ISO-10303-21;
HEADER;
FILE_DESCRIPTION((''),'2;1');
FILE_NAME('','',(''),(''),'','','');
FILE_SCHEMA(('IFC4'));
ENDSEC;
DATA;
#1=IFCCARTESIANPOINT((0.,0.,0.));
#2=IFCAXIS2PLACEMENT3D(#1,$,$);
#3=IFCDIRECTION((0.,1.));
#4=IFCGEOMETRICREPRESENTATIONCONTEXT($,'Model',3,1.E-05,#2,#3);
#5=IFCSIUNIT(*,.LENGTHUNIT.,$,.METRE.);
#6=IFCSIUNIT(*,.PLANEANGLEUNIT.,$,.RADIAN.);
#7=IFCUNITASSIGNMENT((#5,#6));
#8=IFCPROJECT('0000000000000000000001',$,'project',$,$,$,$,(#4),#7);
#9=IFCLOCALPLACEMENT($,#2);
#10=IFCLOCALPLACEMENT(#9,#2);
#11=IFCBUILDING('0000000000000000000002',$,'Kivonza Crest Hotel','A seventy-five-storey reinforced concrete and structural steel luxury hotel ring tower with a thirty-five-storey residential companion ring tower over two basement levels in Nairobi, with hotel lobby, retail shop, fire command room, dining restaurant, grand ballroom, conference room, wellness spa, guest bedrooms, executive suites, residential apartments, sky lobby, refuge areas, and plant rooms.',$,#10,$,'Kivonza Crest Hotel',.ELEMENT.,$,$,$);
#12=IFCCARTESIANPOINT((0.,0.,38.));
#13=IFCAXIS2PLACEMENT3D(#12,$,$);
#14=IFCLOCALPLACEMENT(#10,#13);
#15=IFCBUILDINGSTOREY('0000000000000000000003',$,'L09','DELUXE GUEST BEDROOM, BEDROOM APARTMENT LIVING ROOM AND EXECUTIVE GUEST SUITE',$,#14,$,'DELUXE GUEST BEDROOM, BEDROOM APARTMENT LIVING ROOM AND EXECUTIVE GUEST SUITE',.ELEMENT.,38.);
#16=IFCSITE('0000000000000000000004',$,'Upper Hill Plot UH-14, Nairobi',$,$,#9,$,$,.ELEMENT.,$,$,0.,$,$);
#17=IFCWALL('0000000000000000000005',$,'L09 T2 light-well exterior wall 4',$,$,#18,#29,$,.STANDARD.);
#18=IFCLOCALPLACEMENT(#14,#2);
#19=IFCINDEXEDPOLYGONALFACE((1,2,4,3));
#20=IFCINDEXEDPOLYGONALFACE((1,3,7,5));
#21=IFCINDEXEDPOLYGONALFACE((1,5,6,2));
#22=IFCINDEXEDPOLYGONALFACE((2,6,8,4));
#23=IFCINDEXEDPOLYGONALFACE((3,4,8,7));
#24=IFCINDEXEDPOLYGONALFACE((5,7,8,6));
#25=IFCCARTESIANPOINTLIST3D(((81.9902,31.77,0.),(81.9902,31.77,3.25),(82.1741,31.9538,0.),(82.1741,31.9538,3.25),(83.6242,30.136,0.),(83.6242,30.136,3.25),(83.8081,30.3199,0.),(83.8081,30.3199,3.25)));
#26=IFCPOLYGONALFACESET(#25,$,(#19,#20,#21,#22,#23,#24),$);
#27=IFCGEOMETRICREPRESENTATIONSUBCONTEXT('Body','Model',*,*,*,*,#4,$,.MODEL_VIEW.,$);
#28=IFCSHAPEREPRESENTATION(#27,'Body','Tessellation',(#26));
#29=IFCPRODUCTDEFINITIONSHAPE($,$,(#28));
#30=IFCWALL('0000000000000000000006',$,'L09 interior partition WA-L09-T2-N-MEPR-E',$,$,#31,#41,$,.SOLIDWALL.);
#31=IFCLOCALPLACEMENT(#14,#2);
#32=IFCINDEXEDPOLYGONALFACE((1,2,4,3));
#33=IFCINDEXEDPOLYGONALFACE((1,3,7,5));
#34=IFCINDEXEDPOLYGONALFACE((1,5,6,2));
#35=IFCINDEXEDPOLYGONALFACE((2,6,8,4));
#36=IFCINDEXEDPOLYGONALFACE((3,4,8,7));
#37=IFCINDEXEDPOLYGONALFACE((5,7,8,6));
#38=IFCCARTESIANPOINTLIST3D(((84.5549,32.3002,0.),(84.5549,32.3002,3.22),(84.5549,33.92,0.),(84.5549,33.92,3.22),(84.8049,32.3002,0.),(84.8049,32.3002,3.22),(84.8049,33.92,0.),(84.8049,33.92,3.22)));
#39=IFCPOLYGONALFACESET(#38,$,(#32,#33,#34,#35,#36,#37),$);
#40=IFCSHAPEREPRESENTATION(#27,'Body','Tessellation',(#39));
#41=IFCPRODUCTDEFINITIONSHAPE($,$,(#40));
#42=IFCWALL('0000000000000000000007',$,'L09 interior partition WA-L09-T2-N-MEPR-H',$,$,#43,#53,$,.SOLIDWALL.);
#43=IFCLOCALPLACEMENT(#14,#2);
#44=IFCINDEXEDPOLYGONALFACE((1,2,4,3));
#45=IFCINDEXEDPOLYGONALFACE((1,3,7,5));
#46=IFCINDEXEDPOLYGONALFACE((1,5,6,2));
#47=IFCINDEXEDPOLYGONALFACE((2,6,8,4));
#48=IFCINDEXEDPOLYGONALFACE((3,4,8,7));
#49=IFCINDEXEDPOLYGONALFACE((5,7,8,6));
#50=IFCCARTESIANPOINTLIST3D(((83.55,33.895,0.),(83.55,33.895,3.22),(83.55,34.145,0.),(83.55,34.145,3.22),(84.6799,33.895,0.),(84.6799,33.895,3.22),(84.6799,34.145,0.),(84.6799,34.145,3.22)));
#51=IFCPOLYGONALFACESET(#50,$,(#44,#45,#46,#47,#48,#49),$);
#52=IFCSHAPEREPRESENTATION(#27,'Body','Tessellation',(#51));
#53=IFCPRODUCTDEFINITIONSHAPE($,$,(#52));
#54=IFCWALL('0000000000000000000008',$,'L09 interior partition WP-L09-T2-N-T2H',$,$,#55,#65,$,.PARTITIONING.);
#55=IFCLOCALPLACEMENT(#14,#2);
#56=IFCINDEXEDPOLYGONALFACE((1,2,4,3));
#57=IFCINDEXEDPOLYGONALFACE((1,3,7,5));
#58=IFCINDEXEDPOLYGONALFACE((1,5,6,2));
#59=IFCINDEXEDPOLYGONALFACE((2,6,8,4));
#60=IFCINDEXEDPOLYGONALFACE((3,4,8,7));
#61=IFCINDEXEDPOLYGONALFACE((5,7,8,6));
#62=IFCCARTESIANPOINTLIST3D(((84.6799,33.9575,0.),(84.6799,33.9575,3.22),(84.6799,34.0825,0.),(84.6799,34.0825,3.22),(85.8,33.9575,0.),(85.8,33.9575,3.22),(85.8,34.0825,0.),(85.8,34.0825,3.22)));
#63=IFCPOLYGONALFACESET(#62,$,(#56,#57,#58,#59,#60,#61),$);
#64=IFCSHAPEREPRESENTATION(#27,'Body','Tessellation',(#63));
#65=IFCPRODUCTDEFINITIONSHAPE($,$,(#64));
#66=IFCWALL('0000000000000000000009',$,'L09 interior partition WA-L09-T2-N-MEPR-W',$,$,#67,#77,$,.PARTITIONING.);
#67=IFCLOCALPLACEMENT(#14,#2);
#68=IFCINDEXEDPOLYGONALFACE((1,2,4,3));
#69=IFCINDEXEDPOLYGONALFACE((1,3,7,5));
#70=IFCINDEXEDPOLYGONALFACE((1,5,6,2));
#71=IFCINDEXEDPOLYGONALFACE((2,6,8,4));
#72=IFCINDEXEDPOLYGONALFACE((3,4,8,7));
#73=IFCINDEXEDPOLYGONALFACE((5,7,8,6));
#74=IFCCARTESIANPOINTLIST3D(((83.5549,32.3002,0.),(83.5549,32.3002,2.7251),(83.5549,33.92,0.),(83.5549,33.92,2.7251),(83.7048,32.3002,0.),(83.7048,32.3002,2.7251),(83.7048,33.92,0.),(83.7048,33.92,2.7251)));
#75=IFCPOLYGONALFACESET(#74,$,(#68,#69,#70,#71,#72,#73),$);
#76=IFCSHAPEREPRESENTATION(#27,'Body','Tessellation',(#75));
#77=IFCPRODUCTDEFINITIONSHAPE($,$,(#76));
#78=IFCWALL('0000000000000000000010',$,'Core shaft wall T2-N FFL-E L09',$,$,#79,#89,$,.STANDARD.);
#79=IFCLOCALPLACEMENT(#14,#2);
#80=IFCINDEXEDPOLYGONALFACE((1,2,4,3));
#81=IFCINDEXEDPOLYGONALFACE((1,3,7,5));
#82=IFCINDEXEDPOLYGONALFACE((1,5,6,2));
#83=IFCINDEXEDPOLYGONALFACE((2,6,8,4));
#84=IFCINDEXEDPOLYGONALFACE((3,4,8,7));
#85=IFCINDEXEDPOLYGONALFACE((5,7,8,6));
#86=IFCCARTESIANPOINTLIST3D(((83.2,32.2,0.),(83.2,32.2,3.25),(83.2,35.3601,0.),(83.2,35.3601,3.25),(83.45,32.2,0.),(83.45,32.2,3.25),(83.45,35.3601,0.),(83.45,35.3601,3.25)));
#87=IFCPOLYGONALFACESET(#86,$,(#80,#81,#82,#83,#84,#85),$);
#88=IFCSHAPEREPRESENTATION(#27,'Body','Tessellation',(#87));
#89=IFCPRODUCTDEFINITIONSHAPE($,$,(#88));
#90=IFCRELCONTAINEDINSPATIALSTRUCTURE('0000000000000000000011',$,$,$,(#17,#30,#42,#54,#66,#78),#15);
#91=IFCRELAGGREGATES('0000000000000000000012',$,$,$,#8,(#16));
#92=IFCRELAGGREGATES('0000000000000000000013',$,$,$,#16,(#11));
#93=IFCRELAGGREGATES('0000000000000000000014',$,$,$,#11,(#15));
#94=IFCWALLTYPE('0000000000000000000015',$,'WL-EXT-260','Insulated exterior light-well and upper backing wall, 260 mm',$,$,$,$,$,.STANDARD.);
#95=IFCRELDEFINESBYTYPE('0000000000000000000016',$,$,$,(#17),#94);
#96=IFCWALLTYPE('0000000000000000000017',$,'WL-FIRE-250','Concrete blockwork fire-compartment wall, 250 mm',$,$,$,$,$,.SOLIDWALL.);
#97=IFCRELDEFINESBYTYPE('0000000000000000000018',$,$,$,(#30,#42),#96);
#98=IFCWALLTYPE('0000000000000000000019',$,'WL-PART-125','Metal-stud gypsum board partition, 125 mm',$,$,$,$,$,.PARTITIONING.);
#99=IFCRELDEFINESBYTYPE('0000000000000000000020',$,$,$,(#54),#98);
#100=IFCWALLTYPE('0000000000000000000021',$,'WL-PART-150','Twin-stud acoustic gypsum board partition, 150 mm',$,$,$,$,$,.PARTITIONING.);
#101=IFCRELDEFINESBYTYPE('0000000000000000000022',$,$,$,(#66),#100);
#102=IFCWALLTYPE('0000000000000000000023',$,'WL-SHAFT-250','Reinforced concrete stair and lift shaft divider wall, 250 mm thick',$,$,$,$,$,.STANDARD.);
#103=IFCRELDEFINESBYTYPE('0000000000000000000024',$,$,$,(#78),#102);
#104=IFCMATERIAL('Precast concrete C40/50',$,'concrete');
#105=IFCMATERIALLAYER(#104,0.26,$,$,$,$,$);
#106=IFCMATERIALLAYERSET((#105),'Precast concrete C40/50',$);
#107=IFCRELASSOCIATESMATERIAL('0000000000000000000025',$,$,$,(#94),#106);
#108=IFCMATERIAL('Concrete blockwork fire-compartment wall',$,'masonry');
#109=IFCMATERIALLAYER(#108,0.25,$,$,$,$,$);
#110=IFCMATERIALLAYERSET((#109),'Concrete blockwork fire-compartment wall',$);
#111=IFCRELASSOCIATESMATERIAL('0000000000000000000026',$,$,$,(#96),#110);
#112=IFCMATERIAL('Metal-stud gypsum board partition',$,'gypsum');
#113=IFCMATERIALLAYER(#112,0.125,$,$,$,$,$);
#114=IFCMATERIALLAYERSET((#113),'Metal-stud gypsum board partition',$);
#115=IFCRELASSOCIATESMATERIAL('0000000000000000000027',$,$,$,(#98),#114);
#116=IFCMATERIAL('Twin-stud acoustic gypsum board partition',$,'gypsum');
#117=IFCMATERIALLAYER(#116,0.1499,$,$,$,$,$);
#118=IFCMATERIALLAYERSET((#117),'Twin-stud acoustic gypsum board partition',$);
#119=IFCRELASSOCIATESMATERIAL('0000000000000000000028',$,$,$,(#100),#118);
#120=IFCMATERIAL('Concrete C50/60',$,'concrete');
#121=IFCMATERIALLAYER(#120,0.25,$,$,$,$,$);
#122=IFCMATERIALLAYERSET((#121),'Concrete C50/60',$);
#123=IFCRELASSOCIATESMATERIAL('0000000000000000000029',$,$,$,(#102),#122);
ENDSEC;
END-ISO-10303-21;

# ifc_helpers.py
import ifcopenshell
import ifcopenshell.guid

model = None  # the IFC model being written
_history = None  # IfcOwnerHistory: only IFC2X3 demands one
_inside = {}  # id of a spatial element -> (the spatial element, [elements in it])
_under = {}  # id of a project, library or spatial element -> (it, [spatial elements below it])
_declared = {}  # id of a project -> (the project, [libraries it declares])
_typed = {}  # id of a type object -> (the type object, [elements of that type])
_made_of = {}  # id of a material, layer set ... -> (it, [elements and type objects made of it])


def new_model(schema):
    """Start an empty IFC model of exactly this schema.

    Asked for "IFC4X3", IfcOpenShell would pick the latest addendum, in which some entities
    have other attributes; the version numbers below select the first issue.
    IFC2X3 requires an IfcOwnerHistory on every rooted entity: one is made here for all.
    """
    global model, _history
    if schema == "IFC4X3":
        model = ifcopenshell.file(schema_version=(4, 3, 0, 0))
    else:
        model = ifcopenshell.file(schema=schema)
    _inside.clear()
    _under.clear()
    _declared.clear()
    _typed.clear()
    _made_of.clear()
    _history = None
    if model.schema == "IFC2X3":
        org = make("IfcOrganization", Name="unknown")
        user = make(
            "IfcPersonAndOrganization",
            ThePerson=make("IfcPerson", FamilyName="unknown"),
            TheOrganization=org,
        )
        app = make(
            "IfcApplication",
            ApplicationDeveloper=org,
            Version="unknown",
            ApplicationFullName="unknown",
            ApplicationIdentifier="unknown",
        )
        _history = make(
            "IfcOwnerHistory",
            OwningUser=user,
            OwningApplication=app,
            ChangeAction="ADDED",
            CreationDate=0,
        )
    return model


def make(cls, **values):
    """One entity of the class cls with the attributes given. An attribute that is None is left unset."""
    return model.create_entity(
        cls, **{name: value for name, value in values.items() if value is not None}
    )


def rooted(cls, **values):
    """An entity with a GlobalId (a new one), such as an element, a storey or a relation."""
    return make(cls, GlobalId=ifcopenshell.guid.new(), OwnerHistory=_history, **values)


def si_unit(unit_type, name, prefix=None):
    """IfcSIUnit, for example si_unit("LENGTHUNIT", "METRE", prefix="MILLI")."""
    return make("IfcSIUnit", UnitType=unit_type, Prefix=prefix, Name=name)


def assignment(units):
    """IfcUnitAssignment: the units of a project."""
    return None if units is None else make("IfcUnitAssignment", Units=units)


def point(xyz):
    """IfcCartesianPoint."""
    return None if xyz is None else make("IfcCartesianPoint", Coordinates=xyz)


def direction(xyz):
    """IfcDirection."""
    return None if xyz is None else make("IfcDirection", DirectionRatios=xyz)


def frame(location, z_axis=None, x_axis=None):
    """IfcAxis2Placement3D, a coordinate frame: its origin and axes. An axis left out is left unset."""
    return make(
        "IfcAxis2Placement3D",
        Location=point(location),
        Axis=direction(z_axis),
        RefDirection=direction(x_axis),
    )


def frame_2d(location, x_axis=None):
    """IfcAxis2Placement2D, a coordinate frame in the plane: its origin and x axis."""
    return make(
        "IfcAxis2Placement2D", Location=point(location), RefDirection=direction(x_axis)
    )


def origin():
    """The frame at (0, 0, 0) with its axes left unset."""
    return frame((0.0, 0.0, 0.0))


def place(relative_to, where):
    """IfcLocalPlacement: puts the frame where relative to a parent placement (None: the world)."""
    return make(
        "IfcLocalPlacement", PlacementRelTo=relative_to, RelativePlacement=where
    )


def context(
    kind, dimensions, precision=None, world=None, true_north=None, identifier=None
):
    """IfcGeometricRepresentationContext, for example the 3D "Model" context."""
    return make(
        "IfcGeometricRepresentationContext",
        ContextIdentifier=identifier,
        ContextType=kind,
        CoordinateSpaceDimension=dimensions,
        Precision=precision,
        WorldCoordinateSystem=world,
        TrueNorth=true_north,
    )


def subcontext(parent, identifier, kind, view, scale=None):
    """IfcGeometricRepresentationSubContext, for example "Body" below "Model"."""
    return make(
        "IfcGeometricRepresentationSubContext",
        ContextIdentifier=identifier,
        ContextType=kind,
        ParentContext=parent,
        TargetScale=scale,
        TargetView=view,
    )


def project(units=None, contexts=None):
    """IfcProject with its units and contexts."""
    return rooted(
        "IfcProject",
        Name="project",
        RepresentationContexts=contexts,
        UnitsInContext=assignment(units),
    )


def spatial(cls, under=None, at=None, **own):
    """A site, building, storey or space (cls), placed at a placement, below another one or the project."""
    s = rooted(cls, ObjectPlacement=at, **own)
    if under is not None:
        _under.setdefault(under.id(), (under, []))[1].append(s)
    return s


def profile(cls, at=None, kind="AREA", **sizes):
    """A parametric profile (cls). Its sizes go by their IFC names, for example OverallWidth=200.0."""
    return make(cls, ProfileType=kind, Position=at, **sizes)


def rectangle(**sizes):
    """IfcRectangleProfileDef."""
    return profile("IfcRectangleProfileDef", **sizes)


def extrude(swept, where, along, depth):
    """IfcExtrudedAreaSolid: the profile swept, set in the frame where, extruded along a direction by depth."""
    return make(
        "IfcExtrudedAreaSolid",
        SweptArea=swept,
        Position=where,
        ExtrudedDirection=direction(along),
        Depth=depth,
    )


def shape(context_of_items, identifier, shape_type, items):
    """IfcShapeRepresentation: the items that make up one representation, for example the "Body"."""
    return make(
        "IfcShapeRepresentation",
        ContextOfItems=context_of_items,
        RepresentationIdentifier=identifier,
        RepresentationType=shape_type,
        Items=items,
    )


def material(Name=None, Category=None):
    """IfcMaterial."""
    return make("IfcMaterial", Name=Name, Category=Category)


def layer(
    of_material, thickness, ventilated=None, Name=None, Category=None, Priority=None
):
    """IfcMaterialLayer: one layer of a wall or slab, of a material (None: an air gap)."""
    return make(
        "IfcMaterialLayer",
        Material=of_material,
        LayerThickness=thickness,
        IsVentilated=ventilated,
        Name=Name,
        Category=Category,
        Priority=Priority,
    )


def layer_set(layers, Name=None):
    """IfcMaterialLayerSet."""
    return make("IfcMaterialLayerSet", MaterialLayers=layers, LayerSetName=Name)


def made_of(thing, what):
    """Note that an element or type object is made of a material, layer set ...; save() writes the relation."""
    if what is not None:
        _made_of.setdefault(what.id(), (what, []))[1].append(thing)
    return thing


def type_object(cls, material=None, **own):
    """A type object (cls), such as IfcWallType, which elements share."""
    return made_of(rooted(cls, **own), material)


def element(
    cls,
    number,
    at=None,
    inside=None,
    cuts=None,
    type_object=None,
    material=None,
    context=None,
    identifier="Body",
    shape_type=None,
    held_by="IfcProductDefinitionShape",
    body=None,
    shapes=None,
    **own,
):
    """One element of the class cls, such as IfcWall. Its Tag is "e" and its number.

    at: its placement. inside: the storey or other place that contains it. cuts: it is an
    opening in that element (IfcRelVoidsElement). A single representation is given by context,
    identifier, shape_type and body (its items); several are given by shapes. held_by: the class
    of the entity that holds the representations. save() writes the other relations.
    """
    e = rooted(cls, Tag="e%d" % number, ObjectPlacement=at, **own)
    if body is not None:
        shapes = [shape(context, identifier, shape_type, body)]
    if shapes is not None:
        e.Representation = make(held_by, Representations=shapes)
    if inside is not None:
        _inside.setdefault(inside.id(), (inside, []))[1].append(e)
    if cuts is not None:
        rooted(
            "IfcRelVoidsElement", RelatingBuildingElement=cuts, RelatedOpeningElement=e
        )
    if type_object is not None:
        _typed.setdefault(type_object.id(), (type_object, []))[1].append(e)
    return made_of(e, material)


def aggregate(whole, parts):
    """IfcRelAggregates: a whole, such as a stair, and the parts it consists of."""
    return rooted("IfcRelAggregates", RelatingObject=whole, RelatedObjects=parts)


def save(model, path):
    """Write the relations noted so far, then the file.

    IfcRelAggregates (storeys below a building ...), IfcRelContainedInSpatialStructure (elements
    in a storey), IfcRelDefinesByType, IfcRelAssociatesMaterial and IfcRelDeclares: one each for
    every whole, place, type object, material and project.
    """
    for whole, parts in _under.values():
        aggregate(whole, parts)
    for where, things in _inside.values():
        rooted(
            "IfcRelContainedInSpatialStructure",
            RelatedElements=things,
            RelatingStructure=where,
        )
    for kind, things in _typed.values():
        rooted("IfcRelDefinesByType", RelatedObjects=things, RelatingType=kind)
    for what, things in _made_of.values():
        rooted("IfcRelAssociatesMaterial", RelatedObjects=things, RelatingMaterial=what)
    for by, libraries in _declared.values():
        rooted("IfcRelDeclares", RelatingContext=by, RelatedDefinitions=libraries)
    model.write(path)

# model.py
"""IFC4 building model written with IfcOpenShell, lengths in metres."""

from ifc_helpers import new_model, si_unit, direction, frame, frame_2d, origin, place, context, subcontext, project, spatial, rectangle, extrude, material, layer, layer_set, type_object, element, save


model = new_model("IFC4")

# Units and contexts
model_context = context("Model", 3, precision=1e-05, world=origin(), true_north=direction((0.0, 1.0)))
body_context = subcontext(model_context, "Body", "Model", "MODEL_VIEW")
ifc_project = project(units=[si_unit("LENGTHUNIT", "METRE"), si_unit("PLANEANGLEUNIT", "RADIAN")], contexts=[model_context])

# Site, building, storey
site_placement = place(None, origin())
site = spatial("IfcSite", under=ifc_project, at=site_placement, Name="Upper Hill Plot UH-14, Nairobi", CompositionType="ELEMENT", RefElevation=0.0)
building_placement = place(site_placement, origin())
building = spatial("IfcBuilding", under=site, at=building_placement, Name="Kivonza Crest Hotel", Description="A seventy-five-storey reinforced concrete and structural steel luxury hotel ring tower with a thirty-five-storey residential companion ring tower over two basement levels in Nairobi, with hotel lobby, retail shop, fire command room, dining restaurant, grand ballroom, conference room, wellness spa, guest bedrooms, executive suites, residential apartments, sky lobby, refuge areas, and plant rooms.", LongName="Kivonza Crest Hotel", CompositionType="ELEMENT")
storey_placement = place(building_placement, frame((0.0, 0.0, 38.0)))
storey = spatial("IfcBuildingStorey", under=building, at=storey_placement, Name="L09", Description="DELUXE GUEST BEDROOM, BEDROOM APARTMENT LIVING ROOM AND EXECUTIVE GUEST SUITE", LongName="DELUXE GUEST BEDROOM, BEDROOM APARTMENT LIVING ROOM AND EXECUTIVE GUEST SUITE", CompositionType="ELEMENT", Elevation=38.0)

# Shared definitions
ifc_material_1 = material(Name="Concrete C50/60", Category="concrete")

# Walls
ifc_material_2 = material(Name="Precast concrete C40/50", Category="concrete")
ifc_layer_1 = layer(ifc_material_2, 0.26)
ifc_layer_set_1 = layer_set([ifc_layer_1], Name="Precast concrete C40/50")
wall_type_1 = type_object("IfcWallType", Name="WL-EXT-260", Description="Insulated exterior light-well and upper backing wall, 260 mm", PredefinedType="STANDARD", material=ifc_layer_set_1)
wall_1_placement = place(storey_placement, frame((83.7161, 30.228, 0.0), z_axis=(0.0, 0.0, 1.0), x_axis=(-0.707107, 0.707107, 0.0)))
element("IfcWall", 1, at=wall_1_placement, inside=storey, type_object=wall_type_1, Name="L09 T2 light-well exterior wall 4", PredefinedType="STANDARD", context=body_context, shape_type="SweptSolid", body=[
    extrude(rectangle(XDim=2.3108, YDim=0.26, at=frame_2d((1.1553, 0.0))), origin(), (0.0, 0.0, 1.0), 3.25),
])
ifc_material_3 = material(Name="Concrete blockwork fire-compartment wall", Category="masonry")
ifc_layer_2 = layer(ifc_material_3, 0.25)
ifc_layer_set_2 = layer_set([ifc_layer_2], Name="Concrete blockwork fire-compartment wall")
wall_type_2 = type_object("IfcWallType", Name="WL-FIRE-250", Description="Concrete blockwork fire-compartment wall, 250 mm", PredefinedType="SOLIDWALL", material=ifc_layer_set_2)
wall_2_placement = place(storey_placement, frame((84.6799, 32.3, 0.0), z_axis=(0.0, 0.0, 1.0), x_axis=(0.0, 1.0, 0.0)))
element("IfcWall", 2, at=wall_2_placement, inside=storey, type_object=wall_type_2, Name="L09 interior partition WA-L09-T2-N-MEPR-E", PredefinedType="SOLIDWALL", context=body_context, shape_type="SweptSolid", body=[
    extrude(rectangle(XDim=1.6199, YDim=0.25, at=frame_2d((0.8101, 0.0))), origin(), (0.0, 0.0, 1.0), 3.22),
])
wall_3_placement = place(storey_placement, frame((83.55, 34.02, 0.0), z_axis=(0.0, 0.0, 1.0), x_axis=(1.0, 0.0, 0.0)))
element("IfcWall", 3, at=wall_3_placement, inside=storey, type_object=wall_type_2, Name="L09 interior partition WA-L09-T2-N-MEPR-H", PredefinedType="SOLIDWALL", context=body_context, shape_type="SweptSolid", body=[
    extrude(rectangle(XDim=1.1299, YDim=0.25, at=frame_2d((0.5649, 0.0))), origin(), (0.0, 0.0, 1.0), 3.22),
])
ifc_material_4 = material(Name="Metal-stud gypsum board partition", Category="gypsum")
ifc_layer_3 = layer(ifc_material_4, 0.125)
ifc_layer_set_3 = layer_set([ifc_layer_3], Name="Metal-stud gypsum board partition")
wall_type_3 = type_object("IfcWallType", Name="WL-PART-125", Description="Metal-stud gypsum board partition, 125 mm", PredefinedType="PARTITIONING", material=ifc_layer_set_3)
wall_4_placement = place(storey_placement, frame((84.6799, 34.02, 0.0), z_axis=(0.0, 0.0, 1.0), x_axis=(1.0, 0.0, 0.0)))
element("IfcWall", 4, at=wall_4_placement, inside=storey, type_object=wall_type_3, Name="L09 interior partition WP-L09-T2-N-T2H", PredefinedType="PARTITIONING", context=body_context, shape_type="SweptSolid", body=[
    extrude(rectangle(XDim=1.1201, YDim=0.125, at=frame_2d((0.5601, 0.0))), origin(), (0.0, 0.0, 1.0), 3.22),
])
ifc_material_5 = material(Name="Twin-stud acoustic gypsum board partition", Category="gypsum")
ifc_layer_4 = layer(ifc_material_5, 0.1499)
ifc_layer_set_4 = layer_set([ifc_layer_4], Name="Twin-stud acoustic gypsum board partition")
wall_type_4 = type_object("IfcWallType", Name="WL-PART-150", Description="Twin-stud acoustic gypsum board partition, 150 mm", PredefinedType="PARTITIONING", material=ifc_layer_set_4)
wall_5_placement = place(storey_placement, frame((83.6299, 32.3, 0.0), z_axis=(0.0, 0.0, 1.0), x_axis=(0.0, 1.0, 0.0)))
element("IfcWall", 5, at=wall_5_placement, inside=storey, type_object=wall_type_4, Name="L09 interior partition WA-L09-T2-N-MEPR-W", PredefinedType="PARTITIONING", context=body_context, shape_type="SweptSolid", body=[
    extrude(rectangle(XDim=1.6199, YDim=0.1499, at=frame_2d((0.8101, 0.0))), origin(), (0.0, 0.0, 1.0), 2.7251),
])

# Shared definitions
ifc_layer_5 = layer(ifc_material_1, 0.25)
ifc_layer_set_5 = layer_set([ifc_layer_5], Name="Concrete C50/60")
wall_type_5 = type_object("IfcWallType", Name="WL-SHAFT-250", Description="Reinforced concrete stair and lift shaft divider wall, 250 mm thick", PredefinedType="STANDARD", material=ifc_layer_set_5)

# Wall
wall_6_placement = place(storey_placement, frame((83.325, 32.2, 0.0), z_axis=(0.0, 0.0, 1.0), x_axis=(0.0, 1.0, 0.0)))
element("IfcWall", 6, at=wall_6_placement, inside=storey, type_object=wall_type_5, Name="Core shaft wall T2-N FFL-E L09", PredefinedType="STANDARD", context=body_context, shape_type="SweptSolid", body=[
    extrude(rectangle(XDim=3.1602, YDim=0.25, at=frame_2d((1.5801, 0.0))), origin(), (0.0, 0.0, 1.0), 3.25),
])

save(model, "model.ifc")
